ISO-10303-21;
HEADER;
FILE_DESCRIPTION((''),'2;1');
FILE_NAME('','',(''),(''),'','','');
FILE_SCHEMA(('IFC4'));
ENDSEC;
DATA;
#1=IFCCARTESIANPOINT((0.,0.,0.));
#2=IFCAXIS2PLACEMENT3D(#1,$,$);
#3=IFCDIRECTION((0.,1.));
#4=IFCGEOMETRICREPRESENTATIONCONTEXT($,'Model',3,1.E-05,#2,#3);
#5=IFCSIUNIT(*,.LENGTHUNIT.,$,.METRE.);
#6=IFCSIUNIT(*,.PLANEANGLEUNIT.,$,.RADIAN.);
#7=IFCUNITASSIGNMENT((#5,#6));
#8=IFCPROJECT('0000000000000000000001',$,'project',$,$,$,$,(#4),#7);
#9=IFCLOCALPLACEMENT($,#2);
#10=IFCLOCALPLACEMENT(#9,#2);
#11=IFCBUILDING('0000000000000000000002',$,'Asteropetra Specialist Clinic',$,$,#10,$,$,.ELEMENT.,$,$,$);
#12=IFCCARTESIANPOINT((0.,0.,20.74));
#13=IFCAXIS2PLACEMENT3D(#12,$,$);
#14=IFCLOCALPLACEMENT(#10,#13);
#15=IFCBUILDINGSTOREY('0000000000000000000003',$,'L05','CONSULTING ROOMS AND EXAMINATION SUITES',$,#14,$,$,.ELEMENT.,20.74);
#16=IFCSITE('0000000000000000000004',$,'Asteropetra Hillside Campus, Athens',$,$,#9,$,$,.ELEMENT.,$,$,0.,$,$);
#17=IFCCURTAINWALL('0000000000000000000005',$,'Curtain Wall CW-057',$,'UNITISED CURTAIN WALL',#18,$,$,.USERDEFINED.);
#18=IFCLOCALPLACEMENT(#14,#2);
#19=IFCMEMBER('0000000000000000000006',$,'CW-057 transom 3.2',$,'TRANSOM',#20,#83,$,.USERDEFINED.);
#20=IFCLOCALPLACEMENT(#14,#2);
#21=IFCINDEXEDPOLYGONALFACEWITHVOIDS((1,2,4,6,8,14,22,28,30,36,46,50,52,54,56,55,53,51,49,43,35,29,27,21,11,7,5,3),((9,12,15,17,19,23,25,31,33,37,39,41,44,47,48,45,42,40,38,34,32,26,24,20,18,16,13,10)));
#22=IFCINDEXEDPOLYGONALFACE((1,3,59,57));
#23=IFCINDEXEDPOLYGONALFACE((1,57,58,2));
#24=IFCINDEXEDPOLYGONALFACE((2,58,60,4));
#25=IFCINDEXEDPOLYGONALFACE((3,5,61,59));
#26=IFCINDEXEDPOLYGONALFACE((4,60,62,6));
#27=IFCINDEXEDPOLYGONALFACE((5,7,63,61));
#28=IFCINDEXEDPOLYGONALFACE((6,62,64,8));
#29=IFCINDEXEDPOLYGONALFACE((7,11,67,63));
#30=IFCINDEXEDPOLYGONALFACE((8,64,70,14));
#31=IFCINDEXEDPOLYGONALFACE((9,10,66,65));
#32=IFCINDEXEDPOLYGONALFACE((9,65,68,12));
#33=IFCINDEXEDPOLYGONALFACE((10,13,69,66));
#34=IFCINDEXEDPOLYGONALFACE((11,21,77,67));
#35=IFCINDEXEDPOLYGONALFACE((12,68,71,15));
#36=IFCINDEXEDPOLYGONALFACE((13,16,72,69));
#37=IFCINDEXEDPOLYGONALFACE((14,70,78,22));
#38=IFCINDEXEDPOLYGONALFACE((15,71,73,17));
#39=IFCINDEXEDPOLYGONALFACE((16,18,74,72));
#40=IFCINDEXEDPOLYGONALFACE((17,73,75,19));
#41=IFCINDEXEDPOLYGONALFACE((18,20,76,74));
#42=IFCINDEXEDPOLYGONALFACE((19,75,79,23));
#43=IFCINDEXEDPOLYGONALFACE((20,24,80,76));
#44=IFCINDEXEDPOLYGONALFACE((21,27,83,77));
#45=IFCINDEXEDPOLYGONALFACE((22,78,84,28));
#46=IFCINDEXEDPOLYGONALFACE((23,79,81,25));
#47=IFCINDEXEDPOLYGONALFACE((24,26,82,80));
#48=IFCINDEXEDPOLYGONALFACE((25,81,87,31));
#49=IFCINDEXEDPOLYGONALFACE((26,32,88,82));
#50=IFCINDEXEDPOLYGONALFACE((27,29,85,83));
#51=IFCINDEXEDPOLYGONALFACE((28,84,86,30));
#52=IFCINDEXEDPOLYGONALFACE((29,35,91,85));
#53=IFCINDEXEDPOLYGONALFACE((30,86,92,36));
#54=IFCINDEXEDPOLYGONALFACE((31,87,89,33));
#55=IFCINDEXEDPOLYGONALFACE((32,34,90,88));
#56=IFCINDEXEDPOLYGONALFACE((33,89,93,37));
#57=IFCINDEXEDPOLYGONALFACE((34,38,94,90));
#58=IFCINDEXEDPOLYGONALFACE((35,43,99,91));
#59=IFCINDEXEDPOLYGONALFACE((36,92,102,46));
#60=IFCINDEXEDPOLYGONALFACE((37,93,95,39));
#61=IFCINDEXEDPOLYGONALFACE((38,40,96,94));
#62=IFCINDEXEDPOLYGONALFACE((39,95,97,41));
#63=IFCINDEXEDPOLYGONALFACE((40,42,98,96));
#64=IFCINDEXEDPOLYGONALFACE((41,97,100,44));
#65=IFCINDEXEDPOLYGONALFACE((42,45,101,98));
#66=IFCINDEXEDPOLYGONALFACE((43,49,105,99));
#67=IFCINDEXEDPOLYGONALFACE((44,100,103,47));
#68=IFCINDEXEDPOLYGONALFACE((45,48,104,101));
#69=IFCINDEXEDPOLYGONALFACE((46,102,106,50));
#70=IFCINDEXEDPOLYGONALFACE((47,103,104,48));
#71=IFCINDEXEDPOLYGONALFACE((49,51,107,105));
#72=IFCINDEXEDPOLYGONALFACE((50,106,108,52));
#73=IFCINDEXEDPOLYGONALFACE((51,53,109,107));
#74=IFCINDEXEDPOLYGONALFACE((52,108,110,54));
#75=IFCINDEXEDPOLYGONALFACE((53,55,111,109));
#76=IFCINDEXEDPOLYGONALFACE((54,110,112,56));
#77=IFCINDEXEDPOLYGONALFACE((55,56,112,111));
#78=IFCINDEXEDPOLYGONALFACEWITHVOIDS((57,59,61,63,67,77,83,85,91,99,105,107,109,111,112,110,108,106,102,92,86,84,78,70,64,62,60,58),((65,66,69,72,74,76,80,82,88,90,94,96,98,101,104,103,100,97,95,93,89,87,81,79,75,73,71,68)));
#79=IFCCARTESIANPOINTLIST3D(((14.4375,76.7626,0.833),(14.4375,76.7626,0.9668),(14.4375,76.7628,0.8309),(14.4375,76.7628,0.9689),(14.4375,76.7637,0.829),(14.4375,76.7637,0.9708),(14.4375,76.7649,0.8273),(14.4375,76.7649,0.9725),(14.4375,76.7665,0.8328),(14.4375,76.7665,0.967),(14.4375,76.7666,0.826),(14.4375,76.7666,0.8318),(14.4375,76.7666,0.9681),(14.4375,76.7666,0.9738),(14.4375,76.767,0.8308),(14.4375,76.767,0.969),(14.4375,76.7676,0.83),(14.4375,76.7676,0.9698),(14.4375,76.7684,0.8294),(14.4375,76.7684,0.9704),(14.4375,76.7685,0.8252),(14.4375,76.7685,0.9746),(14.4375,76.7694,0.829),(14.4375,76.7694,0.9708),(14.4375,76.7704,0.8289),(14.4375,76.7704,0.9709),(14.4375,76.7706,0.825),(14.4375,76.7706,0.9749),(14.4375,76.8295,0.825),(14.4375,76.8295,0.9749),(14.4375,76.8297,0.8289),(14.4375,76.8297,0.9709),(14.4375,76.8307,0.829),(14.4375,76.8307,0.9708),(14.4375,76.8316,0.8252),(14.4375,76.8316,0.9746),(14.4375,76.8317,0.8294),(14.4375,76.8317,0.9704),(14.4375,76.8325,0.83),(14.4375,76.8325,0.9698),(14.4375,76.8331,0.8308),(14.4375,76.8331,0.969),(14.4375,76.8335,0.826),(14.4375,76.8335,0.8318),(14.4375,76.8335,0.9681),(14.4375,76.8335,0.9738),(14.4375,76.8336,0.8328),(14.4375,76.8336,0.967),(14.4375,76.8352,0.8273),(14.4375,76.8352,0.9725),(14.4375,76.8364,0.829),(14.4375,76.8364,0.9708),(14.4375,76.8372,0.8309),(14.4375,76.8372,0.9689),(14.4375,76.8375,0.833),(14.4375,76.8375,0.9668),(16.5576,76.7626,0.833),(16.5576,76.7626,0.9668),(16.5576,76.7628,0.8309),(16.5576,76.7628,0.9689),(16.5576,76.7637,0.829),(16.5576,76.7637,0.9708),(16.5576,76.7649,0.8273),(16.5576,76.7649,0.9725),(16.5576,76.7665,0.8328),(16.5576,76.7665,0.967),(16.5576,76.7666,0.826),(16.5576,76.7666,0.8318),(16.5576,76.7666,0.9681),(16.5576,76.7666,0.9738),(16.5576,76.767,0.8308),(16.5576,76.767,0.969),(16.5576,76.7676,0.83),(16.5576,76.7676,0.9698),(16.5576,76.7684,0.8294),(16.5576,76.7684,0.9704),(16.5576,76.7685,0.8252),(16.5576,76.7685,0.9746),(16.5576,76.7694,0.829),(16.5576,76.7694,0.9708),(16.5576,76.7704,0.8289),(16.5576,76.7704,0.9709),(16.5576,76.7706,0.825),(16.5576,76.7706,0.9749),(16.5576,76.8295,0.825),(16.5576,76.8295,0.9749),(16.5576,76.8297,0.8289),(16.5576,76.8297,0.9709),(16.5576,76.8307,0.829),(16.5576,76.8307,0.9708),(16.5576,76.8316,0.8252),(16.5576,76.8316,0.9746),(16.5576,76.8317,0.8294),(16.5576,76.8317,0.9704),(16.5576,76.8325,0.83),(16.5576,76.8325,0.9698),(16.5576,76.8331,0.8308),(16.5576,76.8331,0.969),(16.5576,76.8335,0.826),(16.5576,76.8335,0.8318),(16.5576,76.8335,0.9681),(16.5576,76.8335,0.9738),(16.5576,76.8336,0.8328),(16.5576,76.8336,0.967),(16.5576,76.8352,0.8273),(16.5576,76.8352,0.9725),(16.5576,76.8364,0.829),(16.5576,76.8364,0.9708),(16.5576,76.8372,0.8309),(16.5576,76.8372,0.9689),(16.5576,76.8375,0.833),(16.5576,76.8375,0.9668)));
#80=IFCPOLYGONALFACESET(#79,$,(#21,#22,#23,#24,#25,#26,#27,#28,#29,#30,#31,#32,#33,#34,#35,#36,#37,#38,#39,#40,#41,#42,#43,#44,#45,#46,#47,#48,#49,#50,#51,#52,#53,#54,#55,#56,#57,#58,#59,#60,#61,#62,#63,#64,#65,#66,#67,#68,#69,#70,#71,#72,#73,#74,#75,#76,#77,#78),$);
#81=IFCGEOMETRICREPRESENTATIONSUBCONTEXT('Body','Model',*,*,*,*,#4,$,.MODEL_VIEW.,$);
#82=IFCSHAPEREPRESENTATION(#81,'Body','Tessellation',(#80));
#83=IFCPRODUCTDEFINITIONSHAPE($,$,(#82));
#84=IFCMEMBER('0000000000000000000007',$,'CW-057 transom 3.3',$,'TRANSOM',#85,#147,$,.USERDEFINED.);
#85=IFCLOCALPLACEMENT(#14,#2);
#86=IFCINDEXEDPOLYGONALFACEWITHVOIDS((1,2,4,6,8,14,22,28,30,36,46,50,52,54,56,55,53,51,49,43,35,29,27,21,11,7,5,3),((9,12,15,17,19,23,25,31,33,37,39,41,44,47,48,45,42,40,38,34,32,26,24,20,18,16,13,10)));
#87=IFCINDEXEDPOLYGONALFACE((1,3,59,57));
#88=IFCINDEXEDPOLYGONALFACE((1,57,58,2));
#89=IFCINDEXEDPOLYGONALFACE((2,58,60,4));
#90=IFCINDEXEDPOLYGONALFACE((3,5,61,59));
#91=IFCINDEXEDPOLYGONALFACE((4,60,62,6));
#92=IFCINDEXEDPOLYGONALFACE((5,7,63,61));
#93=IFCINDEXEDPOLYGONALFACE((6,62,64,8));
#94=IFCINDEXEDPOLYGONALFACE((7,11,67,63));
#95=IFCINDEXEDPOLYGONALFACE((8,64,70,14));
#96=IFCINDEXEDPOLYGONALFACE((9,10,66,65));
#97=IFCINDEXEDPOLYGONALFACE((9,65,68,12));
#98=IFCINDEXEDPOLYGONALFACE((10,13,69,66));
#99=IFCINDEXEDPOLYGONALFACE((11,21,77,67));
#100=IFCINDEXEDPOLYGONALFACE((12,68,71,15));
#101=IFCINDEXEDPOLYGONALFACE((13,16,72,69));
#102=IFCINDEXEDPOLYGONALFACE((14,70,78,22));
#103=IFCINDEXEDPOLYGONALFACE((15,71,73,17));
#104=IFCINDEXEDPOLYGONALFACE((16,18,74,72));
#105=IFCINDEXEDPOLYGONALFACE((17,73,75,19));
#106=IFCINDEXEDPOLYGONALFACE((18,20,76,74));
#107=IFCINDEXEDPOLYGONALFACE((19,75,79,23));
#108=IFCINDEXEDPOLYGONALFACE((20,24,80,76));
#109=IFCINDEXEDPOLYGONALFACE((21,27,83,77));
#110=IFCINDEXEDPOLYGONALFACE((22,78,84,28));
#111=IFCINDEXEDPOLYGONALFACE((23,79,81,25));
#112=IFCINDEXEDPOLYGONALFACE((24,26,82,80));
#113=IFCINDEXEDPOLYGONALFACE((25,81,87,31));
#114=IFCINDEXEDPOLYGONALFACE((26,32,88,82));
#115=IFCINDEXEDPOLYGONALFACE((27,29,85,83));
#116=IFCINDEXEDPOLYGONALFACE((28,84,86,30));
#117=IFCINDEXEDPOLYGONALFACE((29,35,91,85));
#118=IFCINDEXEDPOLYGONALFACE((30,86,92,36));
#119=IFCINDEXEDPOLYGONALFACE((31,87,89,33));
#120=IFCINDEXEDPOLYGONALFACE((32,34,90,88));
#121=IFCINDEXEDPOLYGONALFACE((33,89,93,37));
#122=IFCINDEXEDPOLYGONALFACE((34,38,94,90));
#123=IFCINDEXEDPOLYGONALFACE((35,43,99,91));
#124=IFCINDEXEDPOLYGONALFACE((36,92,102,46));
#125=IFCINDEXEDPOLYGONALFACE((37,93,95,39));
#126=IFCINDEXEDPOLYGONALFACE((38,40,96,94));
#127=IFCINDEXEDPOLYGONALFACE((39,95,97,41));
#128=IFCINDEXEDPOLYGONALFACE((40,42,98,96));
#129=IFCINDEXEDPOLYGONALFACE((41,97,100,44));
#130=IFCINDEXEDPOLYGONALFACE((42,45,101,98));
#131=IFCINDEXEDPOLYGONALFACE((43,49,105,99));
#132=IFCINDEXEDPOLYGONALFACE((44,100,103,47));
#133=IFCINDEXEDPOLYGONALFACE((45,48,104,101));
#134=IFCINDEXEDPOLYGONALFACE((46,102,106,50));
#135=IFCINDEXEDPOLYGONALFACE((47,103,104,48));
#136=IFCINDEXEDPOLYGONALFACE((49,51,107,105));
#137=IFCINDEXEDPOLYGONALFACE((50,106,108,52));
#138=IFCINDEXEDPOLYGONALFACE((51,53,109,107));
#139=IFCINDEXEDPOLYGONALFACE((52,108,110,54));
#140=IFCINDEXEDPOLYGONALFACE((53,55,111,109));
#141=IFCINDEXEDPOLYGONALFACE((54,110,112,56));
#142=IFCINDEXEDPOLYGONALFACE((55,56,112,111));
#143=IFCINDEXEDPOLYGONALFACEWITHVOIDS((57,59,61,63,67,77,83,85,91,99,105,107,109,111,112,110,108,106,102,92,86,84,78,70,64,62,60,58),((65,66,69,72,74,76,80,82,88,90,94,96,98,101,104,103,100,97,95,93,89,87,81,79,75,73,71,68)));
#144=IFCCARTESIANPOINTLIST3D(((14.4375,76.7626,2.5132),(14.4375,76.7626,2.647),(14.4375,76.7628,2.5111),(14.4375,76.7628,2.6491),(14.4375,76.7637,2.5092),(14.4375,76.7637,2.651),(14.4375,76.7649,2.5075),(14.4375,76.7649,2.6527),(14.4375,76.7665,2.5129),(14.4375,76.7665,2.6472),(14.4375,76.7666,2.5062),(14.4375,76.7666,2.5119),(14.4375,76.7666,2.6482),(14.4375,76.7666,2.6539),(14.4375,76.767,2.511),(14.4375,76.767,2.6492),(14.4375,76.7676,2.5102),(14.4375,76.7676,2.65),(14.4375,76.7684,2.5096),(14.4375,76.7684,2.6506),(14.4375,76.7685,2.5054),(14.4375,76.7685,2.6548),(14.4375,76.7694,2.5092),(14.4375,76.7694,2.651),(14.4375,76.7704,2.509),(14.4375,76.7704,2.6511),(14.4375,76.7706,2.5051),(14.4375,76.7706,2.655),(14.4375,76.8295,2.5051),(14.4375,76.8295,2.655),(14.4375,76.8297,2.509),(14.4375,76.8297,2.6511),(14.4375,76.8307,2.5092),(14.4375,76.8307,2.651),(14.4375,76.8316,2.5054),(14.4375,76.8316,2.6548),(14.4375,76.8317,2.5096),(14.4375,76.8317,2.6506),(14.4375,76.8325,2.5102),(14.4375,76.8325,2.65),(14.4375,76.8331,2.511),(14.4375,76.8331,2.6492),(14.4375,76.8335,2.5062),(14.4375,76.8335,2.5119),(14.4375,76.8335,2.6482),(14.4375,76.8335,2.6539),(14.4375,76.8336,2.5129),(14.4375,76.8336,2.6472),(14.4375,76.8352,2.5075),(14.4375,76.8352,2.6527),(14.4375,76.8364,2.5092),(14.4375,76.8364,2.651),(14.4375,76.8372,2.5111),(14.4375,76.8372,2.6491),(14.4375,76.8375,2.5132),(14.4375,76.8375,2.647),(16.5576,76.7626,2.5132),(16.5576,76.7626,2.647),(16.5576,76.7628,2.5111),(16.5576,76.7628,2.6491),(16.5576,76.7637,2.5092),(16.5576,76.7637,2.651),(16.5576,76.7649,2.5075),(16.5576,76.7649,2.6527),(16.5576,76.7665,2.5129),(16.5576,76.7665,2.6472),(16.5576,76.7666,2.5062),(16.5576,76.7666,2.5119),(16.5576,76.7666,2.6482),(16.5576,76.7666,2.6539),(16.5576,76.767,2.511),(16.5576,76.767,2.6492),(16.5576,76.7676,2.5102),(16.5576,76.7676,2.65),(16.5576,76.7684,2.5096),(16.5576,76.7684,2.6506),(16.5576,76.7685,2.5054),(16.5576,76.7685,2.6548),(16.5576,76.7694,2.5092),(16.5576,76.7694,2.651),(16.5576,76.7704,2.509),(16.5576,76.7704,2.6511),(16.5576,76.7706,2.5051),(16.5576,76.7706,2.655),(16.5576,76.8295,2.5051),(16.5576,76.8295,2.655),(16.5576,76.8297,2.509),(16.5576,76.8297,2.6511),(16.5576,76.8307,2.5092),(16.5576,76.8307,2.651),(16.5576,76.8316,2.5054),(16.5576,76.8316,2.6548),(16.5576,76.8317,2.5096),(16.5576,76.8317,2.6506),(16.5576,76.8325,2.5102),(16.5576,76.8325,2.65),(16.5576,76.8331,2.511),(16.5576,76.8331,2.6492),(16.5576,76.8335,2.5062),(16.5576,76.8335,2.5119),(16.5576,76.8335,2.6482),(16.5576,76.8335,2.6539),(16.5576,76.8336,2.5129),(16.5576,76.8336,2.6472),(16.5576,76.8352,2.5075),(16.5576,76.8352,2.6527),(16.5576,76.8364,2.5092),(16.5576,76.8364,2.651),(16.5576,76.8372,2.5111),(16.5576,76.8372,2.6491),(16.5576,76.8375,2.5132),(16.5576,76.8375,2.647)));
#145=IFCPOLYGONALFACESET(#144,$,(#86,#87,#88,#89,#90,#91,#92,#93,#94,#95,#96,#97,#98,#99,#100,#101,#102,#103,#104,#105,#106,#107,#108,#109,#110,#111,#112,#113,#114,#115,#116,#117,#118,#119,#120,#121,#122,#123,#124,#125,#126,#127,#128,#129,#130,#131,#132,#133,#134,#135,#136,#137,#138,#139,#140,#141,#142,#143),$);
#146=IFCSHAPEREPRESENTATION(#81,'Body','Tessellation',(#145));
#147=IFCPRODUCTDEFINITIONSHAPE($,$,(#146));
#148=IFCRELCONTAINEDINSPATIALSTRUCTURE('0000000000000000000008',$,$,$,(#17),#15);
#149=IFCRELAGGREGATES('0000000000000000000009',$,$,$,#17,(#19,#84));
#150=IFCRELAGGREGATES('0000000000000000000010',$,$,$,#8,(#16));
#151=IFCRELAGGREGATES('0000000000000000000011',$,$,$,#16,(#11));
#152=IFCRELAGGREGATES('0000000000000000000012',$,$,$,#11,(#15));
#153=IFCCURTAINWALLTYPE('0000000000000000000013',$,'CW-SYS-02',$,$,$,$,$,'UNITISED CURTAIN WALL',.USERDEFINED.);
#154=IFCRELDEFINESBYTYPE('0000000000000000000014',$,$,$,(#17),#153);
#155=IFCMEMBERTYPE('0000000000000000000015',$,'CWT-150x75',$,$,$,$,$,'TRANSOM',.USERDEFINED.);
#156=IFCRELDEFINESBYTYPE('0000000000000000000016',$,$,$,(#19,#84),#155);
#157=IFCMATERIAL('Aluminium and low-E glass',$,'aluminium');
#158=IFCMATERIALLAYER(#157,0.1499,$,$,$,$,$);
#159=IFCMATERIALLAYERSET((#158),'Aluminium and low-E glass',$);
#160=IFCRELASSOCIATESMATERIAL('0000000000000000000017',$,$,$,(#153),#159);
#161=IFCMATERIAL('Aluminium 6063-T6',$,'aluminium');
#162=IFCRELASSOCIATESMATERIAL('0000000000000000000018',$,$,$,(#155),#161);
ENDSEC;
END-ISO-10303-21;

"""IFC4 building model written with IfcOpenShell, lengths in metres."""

from ifc_helpers import new_model, si_unit, direction, frame, origin, origin_2d, place, context, subcontext, project, spatial, hollow_rectangle, extrude, material, layer, layer_set, material_profile, profile_set, type_object, element, aggregate, save


model = new_model("IFC4")

# Units and contexts
model_context = context("Model", 3, precision=1e-05, world=origin(), true_north=direction((0.0, 1.0)))
body_context = subcontext(model_context, "Body", "Model", "MODEL_VIEW")
ifc_project = project(units=[si_unit("LENGTHUNIT", "METRE"), si_unit("PLANEANGLEUNIT", "RADIAN")], contexts=[model_context])

# Site, building, storey
site_placement = place(None, origin())
site = spatial("IfcSite", under=ifc_project, at=site_placement, Name="Asteropetra Hillside Campus, Athens", CompositionType="ELEMENT", RefElevation=0.0)
building_placement = place(site_placement, origin())
building = spatial("IfcBuilding", under=site, at=building_placement, Name="Asteropetra Specialist Clinic", CompositionType="ELEMENT")
storey_placement = place(building_placement, frame((0.0, 0.0, 20.74)))
storey = spatial("IfcBuildingStorey", under=building, at=storey_placement, Name="L05", Description="CONSULTING ROOMS AND EXAMINATION SUITES", CompositionType="ELEMENT", Elevation=20.74)

# Curtain wall, members
ifc_material_1 = material(Name="Aluminium and low-E glass", Category="aluminium")
ifc_layer_1 = layer(ifc_material_1, 0.1499)
ifc_layer_set_1 = layer_set([ifc_layer_1], Name="Aluminium and low-E glass")
curtain_wall_type_1 = type_object("IfcCurtainWallType", Name="CW-SYS-02", ElementType="UNITISED CURTAIN WALL", PredefinedType="USERDEFINED", material=ifc_layer_set_1)
curtain_wall_1_placement = place(storey_placement, origin())
curtain_wall_1 = element("IfcCurtainWall", 1, at=curtain_wall_1_placement, inside=storey, type_object=curtain_wall_type_1, Name="Curtain Wall CW-057", ObjectType="UNITISED CURTAIN WALL", PredefinedType="USERDEFINED")
ifc_material_2 = material(Name="Aluminium 6063-T6", Category="aluminium")
ifc_material_profile_1 = material_profile(ifc_material_2, hollow_rectangle(XDim=0.075, YDim=0.1499, WallThickness=0.0039, InnerFilletRadius=0.0039, OuterFilletRadius=0.0081, at=origin_2d()), Name="TRN 150x75x4.0")
ifc_profile_set_1 = profile_set([ifc_material_profile_1], Name="Aluminium 6063-T6")
member_type_1 = type_object("IfcMemberType", Name="CWT-150x75", ElementType="TRANSOM", PredefinedType="USERDEFINED", material=ifc_profile_set_1)
member_1_placement = place(storey_placement, frame((14.4375, 76.8, 0.8999), z_axis=(1.0, 0.0, 0.0), x_axis=(0.0, 1.0, 0.0)))
member_1 = element("IfcMember", 2, at=member_1_placement, type_object=member_type_1, Name="CW-057 transom 3.2", ObjectType="TRANSOM", PredefinedType="USERDEFINED", context=body_context, shape_type="SweptSolid", body=[
    extrude(hollow_rectangle(XDim=0.075, YDim=0.1499, WallThickness=0.0039, InnerFilletRadius=0.0039, OuterFilletRadius=0.0081, at=origin_2d()), origin(), (0.0, 0.0, 1.0), 2.1201),
])
member_2_placement = place(storey_placement, frame((14.4375, 76.8, 2.5801), z_axis=(1.0, 0.0, 0.0), x_axis=(0.0, 1.0, 0.0)))
member_2 = element("IfcMember", 3, at=member_2_placement, type_object=member_type_1, Name="CW-057 transom 3.3", ObjectType="TRANSOM", PredefinedType="USERDEFINED", context=body_context, shape_type="SweptSolid", body=[
    extrude(hollow_rectangle(XDim=0.075, YDim=0.1499, WallThickness=0.0039, InnerFilletRadius=0.0039, OuterFilletRadius=0.0081, at=origin_2d()), origin(), (0.0, 0.0, 1.0), 2.1201),
])

aggregate(curtain_wall_1, [member_1, member_2])

save(model, "model.ifc")
